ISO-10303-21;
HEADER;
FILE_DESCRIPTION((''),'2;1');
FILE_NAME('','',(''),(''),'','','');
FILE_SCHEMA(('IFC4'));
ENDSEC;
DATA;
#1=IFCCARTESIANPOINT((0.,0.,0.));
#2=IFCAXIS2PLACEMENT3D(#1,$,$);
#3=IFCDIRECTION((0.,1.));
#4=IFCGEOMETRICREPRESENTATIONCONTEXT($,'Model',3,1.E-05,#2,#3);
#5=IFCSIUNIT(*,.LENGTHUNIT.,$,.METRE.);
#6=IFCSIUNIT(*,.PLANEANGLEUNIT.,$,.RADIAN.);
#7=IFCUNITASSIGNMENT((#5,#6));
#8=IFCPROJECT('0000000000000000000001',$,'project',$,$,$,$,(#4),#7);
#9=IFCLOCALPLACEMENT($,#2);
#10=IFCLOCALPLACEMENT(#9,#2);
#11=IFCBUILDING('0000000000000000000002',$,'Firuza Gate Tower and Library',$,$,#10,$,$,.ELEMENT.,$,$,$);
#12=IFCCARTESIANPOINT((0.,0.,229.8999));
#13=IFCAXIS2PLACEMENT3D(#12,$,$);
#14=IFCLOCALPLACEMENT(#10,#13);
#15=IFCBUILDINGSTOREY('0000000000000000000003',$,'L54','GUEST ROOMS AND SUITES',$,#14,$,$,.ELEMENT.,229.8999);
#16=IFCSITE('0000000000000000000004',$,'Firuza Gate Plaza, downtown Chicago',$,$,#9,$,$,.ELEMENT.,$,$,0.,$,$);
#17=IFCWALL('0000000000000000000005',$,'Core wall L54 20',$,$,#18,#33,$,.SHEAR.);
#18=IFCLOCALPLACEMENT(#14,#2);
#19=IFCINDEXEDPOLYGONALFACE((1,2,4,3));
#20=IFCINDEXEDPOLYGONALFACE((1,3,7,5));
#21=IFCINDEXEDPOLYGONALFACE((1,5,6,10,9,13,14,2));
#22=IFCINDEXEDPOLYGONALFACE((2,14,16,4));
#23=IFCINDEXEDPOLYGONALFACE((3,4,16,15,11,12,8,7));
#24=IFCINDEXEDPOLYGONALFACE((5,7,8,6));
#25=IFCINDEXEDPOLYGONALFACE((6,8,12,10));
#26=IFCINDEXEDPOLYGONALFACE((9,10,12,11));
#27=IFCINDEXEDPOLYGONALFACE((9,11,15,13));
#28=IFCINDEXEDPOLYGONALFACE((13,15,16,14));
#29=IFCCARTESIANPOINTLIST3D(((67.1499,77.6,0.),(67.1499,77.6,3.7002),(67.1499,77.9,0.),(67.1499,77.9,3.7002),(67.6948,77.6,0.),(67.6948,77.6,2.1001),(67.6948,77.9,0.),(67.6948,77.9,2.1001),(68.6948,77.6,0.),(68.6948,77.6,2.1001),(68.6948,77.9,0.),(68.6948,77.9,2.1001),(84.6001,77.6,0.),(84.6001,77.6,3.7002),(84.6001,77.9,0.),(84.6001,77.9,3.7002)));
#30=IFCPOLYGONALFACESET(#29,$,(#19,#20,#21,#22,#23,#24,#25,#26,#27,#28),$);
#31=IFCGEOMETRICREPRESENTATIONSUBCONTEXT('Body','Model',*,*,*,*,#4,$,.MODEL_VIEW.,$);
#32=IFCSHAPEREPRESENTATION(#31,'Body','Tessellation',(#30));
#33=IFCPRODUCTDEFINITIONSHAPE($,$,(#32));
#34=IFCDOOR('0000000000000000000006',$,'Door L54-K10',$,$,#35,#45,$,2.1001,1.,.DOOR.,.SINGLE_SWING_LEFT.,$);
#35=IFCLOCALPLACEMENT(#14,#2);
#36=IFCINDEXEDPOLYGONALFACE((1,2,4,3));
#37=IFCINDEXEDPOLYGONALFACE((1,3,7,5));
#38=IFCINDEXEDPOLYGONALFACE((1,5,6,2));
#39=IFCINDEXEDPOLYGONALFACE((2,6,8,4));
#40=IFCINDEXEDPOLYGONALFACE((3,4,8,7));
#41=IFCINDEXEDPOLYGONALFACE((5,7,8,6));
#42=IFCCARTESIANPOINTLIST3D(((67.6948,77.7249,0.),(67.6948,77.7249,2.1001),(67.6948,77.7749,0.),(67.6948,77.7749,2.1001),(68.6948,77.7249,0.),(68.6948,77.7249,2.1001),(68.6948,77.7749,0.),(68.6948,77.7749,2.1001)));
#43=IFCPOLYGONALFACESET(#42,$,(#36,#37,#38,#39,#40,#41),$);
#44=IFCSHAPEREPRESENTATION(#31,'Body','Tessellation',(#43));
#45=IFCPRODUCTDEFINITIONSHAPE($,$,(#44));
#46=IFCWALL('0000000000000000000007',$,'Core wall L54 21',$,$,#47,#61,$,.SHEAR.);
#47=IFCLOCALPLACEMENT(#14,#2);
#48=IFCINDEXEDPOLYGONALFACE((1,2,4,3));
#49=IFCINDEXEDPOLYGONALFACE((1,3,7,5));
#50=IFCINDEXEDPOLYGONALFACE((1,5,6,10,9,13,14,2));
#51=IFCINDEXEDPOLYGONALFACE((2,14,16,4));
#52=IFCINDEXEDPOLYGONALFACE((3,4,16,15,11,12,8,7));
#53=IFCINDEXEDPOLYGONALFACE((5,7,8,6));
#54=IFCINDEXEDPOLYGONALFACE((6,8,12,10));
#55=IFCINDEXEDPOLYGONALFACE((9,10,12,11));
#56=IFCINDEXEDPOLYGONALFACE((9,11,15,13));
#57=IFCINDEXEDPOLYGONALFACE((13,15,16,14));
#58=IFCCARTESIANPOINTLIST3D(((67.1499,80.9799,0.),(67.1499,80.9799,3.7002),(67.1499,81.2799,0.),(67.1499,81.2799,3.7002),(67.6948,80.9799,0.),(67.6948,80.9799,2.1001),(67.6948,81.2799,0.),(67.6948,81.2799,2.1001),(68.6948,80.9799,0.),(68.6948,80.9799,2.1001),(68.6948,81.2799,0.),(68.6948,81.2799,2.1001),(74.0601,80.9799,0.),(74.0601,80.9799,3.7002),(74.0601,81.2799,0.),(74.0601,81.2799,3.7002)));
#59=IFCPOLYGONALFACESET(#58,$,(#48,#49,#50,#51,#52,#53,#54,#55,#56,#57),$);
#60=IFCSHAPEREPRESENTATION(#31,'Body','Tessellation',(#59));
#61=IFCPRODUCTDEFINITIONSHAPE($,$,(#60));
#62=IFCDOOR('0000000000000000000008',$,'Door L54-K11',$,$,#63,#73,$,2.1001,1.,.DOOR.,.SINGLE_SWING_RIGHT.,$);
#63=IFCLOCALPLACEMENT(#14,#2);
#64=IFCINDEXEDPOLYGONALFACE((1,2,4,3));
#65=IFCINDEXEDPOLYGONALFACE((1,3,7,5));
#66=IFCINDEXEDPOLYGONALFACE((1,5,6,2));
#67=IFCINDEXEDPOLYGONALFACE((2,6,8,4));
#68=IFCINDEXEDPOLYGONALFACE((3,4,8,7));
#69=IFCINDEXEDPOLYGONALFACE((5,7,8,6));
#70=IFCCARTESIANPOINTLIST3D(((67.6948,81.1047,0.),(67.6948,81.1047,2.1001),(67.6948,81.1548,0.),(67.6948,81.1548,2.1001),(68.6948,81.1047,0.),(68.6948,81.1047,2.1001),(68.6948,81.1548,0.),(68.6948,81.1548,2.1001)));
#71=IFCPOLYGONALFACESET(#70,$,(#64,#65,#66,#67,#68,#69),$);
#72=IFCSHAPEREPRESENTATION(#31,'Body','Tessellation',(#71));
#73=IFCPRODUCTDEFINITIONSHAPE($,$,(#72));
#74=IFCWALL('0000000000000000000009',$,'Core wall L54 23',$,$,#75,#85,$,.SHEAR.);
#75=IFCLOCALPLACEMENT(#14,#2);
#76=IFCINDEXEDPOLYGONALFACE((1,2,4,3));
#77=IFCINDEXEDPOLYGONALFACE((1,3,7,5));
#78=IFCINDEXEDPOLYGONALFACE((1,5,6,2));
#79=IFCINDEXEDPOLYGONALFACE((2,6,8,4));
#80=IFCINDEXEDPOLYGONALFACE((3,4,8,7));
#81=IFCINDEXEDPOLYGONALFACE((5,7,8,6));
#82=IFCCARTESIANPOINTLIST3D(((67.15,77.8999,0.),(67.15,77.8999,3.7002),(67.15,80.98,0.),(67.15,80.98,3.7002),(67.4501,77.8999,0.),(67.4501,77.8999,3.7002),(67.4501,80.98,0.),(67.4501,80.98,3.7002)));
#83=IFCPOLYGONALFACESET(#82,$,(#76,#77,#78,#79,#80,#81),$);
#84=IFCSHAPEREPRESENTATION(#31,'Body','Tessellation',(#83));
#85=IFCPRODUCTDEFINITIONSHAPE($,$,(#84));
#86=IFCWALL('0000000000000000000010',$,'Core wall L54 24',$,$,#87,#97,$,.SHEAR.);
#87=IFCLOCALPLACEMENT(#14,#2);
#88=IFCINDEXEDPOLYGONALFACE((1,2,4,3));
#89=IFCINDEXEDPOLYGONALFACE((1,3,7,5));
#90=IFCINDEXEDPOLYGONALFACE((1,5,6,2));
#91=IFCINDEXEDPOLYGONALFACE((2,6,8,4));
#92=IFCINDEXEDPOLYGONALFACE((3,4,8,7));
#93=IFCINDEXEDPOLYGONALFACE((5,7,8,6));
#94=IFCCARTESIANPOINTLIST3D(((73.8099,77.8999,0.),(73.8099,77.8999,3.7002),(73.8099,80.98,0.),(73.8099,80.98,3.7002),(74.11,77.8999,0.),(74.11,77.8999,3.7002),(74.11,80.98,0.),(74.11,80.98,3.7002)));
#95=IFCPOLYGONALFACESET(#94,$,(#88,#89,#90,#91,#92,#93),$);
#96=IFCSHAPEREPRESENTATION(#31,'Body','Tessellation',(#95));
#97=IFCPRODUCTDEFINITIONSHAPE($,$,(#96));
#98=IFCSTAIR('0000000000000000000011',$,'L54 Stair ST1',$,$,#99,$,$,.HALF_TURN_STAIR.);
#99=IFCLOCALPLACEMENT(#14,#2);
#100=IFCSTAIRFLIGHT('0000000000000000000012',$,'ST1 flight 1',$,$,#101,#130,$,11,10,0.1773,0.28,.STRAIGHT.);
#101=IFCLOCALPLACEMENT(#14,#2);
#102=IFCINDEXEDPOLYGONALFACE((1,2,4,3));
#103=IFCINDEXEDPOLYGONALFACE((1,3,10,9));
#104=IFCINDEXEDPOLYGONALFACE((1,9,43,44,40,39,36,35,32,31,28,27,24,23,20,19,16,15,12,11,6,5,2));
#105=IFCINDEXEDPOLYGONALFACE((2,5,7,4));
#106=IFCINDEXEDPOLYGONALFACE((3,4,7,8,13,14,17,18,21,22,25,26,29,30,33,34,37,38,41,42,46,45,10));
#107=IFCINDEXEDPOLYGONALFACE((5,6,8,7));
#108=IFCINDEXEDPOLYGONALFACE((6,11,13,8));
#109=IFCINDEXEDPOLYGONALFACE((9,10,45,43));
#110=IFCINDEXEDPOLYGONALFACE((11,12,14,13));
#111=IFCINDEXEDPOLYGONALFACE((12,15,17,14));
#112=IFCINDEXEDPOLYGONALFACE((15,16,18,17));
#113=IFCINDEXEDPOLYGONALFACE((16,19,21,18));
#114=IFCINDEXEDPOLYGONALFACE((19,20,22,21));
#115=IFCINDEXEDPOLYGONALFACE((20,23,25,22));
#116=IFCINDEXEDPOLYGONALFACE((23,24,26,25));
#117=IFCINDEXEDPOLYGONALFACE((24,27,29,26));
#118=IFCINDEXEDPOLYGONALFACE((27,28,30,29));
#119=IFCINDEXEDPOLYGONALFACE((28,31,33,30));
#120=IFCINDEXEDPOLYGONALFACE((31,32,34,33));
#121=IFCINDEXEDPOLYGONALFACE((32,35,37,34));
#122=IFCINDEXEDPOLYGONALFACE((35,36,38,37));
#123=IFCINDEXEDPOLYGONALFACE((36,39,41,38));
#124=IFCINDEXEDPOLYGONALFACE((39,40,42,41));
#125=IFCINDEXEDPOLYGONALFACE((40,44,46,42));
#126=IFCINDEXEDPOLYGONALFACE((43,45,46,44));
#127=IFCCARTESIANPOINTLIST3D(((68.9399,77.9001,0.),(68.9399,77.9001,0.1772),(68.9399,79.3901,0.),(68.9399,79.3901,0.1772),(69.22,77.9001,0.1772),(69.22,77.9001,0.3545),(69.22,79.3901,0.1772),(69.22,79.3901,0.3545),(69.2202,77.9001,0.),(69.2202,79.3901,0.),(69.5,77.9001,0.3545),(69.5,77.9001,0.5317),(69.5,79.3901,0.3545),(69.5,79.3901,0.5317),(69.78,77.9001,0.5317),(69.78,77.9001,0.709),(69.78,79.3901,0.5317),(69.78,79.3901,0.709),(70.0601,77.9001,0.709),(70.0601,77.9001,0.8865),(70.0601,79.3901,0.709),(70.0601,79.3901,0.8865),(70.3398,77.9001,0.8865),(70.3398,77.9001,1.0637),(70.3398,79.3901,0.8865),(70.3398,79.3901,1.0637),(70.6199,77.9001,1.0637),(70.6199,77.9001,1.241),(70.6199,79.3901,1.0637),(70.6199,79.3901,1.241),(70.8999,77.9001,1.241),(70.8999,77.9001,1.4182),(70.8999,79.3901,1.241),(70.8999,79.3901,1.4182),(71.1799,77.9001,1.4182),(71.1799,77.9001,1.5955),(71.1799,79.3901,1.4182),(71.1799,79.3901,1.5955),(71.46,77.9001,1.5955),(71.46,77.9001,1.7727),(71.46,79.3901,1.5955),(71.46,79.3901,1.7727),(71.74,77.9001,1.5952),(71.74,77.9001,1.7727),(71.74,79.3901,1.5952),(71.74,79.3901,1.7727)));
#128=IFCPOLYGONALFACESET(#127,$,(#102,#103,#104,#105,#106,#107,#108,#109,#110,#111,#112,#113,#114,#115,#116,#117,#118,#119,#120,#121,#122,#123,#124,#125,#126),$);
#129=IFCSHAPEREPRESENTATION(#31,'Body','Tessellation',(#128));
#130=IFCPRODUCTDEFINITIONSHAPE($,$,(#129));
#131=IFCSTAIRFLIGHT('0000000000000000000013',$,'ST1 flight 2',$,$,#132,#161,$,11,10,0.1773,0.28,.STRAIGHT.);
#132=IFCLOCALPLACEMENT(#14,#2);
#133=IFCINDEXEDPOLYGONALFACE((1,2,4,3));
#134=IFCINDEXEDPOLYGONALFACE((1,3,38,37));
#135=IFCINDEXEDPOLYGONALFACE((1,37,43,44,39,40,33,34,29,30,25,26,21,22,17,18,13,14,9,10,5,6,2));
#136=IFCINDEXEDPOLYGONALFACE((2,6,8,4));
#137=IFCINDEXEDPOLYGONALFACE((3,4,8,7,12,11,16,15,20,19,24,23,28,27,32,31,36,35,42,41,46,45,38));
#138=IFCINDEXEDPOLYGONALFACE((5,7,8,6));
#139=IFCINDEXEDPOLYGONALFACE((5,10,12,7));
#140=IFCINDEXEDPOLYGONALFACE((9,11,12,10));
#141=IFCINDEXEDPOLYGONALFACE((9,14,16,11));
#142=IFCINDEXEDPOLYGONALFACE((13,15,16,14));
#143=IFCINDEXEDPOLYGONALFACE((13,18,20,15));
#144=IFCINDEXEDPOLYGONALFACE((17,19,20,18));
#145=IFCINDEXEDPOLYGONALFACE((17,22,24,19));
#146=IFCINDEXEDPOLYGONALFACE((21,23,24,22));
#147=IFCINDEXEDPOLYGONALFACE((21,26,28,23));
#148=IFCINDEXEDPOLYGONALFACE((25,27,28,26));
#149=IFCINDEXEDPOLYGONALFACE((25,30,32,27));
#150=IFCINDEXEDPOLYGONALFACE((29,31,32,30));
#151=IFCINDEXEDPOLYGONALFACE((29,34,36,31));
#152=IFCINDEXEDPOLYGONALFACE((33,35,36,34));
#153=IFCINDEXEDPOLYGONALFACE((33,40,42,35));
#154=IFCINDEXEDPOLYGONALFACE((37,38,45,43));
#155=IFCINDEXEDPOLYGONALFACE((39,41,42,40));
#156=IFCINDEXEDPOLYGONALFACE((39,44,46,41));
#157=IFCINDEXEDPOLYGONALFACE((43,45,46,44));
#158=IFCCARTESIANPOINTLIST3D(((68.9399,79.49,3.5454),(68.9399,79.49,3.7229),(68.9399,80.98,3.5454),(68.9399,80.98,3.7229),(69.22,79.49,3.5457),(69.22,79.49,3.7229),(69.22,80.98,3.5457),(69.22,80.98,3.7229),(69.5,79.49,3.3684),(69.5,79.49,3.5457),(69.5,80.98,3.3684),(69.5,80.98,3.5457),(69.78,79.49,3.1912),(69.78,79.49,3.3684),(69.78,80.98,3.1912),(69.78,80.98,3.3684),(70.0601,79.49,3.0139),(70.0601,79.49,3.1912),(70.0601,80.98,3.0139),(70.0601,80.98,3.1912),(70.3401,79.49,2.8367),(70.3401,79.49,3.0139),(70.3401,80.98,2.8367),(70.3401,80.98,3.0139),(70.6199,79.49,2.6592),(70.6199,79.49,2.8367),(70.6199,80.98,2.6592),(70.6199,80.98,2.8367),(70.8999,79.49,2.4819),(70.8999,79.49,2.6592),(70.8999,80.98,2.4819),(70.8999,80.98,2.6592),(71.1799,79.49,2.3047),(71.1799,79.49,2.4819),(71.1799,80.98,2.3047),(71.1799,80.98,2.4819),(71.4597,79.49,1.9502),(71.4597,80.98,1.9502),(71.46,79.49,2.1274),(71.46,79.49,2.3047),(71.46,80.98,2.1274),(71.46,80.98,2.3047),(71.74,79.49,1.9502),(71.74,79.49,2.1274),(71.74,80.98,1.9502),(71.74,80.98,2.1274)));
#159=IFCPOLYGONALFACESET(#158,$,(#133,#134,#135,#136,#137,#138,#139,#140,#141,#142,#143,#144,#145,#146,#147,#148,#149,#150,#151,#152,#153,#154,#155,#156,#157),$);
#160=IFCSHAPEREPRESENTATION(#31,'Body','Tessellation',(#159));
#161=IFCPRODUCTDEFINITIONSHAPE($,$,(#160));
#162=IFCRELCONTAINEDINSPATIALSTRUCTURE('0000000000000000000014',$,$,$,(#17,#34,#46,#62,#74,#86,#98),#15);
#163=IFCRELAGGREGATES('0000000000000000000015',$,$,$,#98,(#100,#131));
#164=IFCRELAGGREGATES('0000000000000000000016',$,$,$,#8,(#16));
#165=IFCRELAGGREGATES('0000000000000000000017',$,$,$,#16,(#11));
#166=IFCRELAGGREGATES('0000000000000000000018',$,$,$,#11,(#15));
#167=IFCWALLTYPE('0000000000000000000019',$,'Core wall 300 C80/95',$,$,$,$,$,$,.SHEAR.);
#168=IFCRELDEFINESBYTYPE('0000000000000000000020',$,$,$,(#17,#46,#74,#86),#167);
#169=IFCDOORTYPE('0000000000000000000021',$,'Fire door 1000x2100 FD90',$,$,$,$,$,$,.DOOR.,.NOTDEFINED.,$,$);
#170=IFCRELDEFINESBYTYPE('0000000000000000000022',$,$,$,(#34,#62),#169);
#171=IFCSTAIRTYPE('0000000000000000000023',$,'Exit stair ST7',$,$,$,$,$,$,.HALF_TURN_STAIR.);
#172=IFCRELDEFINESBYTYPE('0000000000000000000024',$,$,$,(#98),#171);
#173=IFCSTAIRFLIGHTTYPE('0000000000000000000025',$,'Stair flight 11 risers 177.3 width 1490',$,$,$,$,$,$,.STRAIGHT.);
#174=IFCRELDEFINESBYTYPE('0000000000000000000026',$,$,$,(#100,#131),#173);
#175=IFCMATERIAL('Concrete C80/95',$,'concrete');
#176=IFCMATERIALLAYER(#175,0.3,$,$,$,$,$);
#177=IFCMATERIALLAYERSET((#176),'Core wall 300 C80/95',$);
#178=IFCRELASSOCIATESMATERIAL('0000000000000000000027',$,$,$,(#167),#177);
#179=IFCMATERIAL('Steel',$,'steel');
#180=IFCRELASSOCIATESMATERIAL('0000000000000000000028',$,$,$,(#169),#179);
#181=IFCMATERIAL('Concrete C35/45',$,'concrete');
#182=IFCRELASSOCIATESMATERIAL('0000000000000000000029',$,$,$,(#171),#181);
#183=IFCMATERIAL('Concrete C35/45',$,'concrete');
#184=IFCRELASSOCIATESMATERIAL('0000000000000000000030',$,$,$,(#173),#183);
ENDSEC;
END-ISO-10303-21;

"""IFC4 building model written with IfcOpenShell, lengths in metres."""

from ifc_helpers import new_model, si_unit, direction, frame, frame_2d, origin, place, context, subcontext, project, spatial, polyline, rectangle, outline, extrude, material, layer, layer_set, type_object, element, fill, aggregate, save


model = new_model("IFC4")

# Units and contexts
model_context = context("Model", 3, precision=1e-05, world=origin(), true_north=direction((0.0, 1.0)))
body_context = subcontext(model_context, "Body", "Model", "MODEL_VIEW")
ifc_project = project(units=[si_unit("LENGTHUNIT", "METRE"), si_unit("PLANEANGLEUNIT", "RADIAN")], contexts=[model_context])

# Site, building, storey
site_placement = place(None, origin())
site = spatial("IfcSite", under=ifc_project, at=site_placement, Name="Firuza Gate Plaza, downtown Chicago", CompositionType="ELEMENT", RefElevation=0.0)
building_placement = place(site_placement, origin())
building = spatial("IfcBuilding", under=site, at=building_placement, Name="Firuza Gate Tower and Library", CompositionType="ELEMENT")
storey_placement = place(building_placement, frame((0.0, 0.0, 229.8999)))
storey = spatial("IfcBuildingStorey", under=building, at=storey_placement, Name="L54", Description="GUEST ROOMS AND SUITES", CompositionType="ELEMENT", Elevation=229.8999)

# Shared definitions
ifc_material_1 = material(Name="Concrete C80/95", Category="concrete")
ifc_layer_1 = layer(ifc_material_1, 0.3)
ifc_layer_set_1 = layer_set([ifc_layer_1], Name="Core wall 300 C80/95")
wall_type_1 = type_object("IfcWallType", Name="Core wall 300 C80/95", PredefinedType="SHEAR", material=ifc_layer_set_1)

# Walls, openings, doors
wall_1_placement = place(storey_placement, frame((67.1499, 77.75, 0.0), z_axis=(0.0, 0.0, 1.0), x_axis=(1.0, 0.0, 0.0)))
wall_1 = element("IfcWall", 1, at=wall_1_placement, inside=storey, type_object=wall_type_1, Name="Core wall L54 20", PredefinedType="SHEAR", context=body_context, shape_type="SweptSolid", body=[
    extrude(rectangle(XDim=17.4502, YDim=0.3, at=frame_2d((8.7251, 0.0))), origin(), (0.0, 0.0, 1.0), 3.7002),
])
opening_1_placement = place(wall_1_placement, frame((0.5449, 0.0, 0.0)))
opening_1 = element("IfcOpeningElement", 2, at=opening_1_placement, cuts=wall_1, PredefinedType="OPENING", context=body_context, shape_type="SweptSolid", body=[
    extrude(rectangle(XDim=1.0, YDim=2.1001, at=frame_2d((0.5, 1.05))), frame((0.0, 0.1602, 0.0), z_axis=(0.0, -1.0, 0.0), x_axis=(1.0, 0.0, 0.0)), (0.0, 0.0, 1.0), 0.3201),
])
ifc_material_2 = material(Name="Steel", Category="steel")
door_type_1 = type_object("IfcDoorType", Name="Fire door 1000x2100 FD90", OperationType="NOTDEFINED", PredefinedType="DOOR", material=ifc_material_2)
door_1_placement = place(opening_1_placement, origin())
door_1 = element("IfcDoor", 3, at=door_1_placement, inside=storey, type_object=door_type_1, Name="Door L54-K10", OperationType="SINGLE_SWING_LEFT", OverallHeight=2.1001, OverallWidth=1.0, PredefinedType="DOOR", context=body_context, shape_type="SweptSolid", body=[
    extrude(rectangle(XDim=1.0, YDim=2.1001, at=frame_2d((0.5, 1.05))), frame((0.0, 0.0249, 0.0), z_axis=(0.0, -1.0, 0.0), x_axis=(1.0, 0.0, 0.0)), (0.0, 0.0, 1.0), 0.05),
])
fill(opening_1, door_1)
wall_2_placement = place(storey_placement, frame((67.1499, 81.1299, 0.0), z_axis=(0.0, 0.0, 1.0), x_axis=(1.0, 0.0, 0.0)))
wall_2 = element("IfcWall", 4, at=wall_2_placement, inside=storey, type_object=wall_type_1, Name="Core wall L54 21", PredefinedType="SHEAR", context=body_context, shape_type="SweptSolid", body=[
    extrude(rectangle(XDim=6.9102, YDim=0.3, at=frame_2d((3.4551, 0.0))), origin(), (0.0, 0.0, 1.0), 3.7002),
])
opening_2_placement = place(wall_2_placement, frame((0.5449, 0.0, 0.0)))
opening_2 = element("IfcOpeningElement", 5, at=opening_2_placement, cuts=wall_2, PredefinedType="OPENING", context=body_context, shape_type="SweptSolid", body=[
    extrude(rectangle(XDim=1.0, YDim=2.1001, at=frame_2d((0.5, 1.05))), frame((0.0, 0.1602, 0.0), z_axis=(0.0, -1.0, 0.0), x_axis=(1.0, 0.0, 0.0)), (0.0, 0.0, 1.0), 0.3201),
])
door_2_placement = place(opening_2_placement, origin())
door_2 = element("IfcDoor", 6, at=door_2_placement, inside=storey, type_object=door_type_1, Name="Door L54-K11", OperationType="SINGLE_SWING_RIGHT", OverallHeight=2.1001, OverallWidth=1.0, PredefinedType="DOOR", context=body_context, shape_type="SweptSolid", body=[
    extrude(rectangle(XDim=1.0, YDim=2.1001, at=frame_2d((0.5, 1.05))), frame((0.0, 0.0249, 0.0), z_axis=(0.0, -1.0, 0.0), x_axis=(1.0, 0.0, 0.0)), (0.0, 0.0, 1.0), 0.05),
])
fill(opening_2, door_2)

# Walls
for number, where, z_axis, x_axis, name in (
    (7, (67.3, 77.8999, 0.0), (0.0, 0.0, 1.0), (0.0, 1.0, 0.0), "Core wall L54 23"),
    (8, (73.96, 77.8999, 0.0), (0.0, 0.0, 1.0), (0.0, 1.0, 0.0), "Core wall L54 24"),
):
    element("IfcWall", number, at=place(storey_placement, frame(where, z_axis=z_axis, x_axis=x_axis)), inside=storey, type_object=wall_type_1, Name=name, PredefinedType="SHEAR", context=body_context, shape_type="SweptSolid", body=[
        extrude(rectangle(XDim=3.0801, YDim=0.3, at=frame_2d((1.54, 0.0))), origin(), (0.0, 0.0, 1.0), 3.7002),
    ])

# Stair, stair flights
ifc_material_3 = material(Name="Concrete C35/45", Category="concrete")
stair_type = type_object("IfcStairType", Name="Exit stair ST7", PredefinedType="HALF_TURN_STAIR", material=ifc_material_3)
stair_placement = place(storey_placement, origin())
stair = element("IfcStair", 9, at=stair_placement, inside=storey, type_object=stair_type, Name="L54 Stair ST1", PredefinedType="HALF_TURN_STAIR")
ifc_material_4 = material(Name="Concrete C35/45", Category="concrete")
stair_flight_type = type_object("IfcStairFlightType", Name="Stair flight 11 risers 177.3 width 1490", PredefinedType="STRAIGHT", material=ifc_material_4)
stair_flight_1_placement = place(storey_placement, frame((68.9399, 78.645, 0.0), z_axis=(0.0, 0.0, 1.0), x_axis=(1.0, 0.0, 0.0)))
stair_flight_1 = element("IfcStairFlight", 10, at=stair_flight_1_placement, type_object=stair_flight_type, Name="ST1 flight 1", NumberOfRisers=11, NumberOfTreads=10, PredefinedType="STRAIGHT", RiserHeight=0.1773, TreadLength=0.28, context=body_context, shape_type="SweptSolid", body=[
    extrude(outline(polyline([(0.0, 0.0), (0.0, 0.1772), (0.28, 0.1772), (0.28, 0.3545), (0.5601, 0.3545), (0.5601, 0.5317), (0.8401, 0.5317), (0.8401, 0.709), (1.1201, 0.709), (1.1201, 0.8865), (1.3999, 0.8865), (1.3999, 1.0637), (1.6799, 1.0637), (1.6799, 1.241), (1.96, 1.241), (1.96, 1.4182), (2.24, 1.4182), (2.24, 1.5955), (2.52, 1.5955), (2.52, 1.7727), (2.8, 1.7727), (2.8, 1.95), (2.8, 1.5952), (0.2803, 0.0), (0.0, 0.0)])), frame((0.0, 0.7451, 0.0), z_axis=(0.0, -1.0, 0.0), x_axis=(1.0, 0.0, 0.0)), (0.0, 0.0, 1.0), 1.49),
])
stair_flight_2_placement = place(storey_placement, frame((71.74, 80.2351, 1.9502), z_axis=(0.0, 0.0, 1.0), x_axis=(-1.0, 0.0, 0.0)))
stair_flight_2 = element("IfcStairFlight", 11, at=stair_flight_2_placement, type_object=stair_flight_type, Name="ST1 flight 2", NumberOfRisers=11, NumberOfTreads=10, PredefinedType="STRAIGHT", RiserHeight=0.1773, TreadLength=0.28, context=body_context, shape_type="SweptSolid", body=[
    extrude(outline(polyline([(0.0, 0.0), (0.0, 0.1772), (0.28, 0.1772), (0.28, 0.3545), (0.5601, 0.3545), (0.5601, 0.5317), (0.8401, 0.5317), (0.8401, 0.709), (1.1201, 0.709), (1.1201, 0.8865), (1.3999, 0.8865), (1.3999, 1.0637), (1.6799, 1.0637), (1.6799, 1.241), (1.96, 1.241), (1.96, 1.4182), (2.24, 1.4182), (2.24, 1.5955), (2.52, 1.5955), (2.52, 1.7727), (2.8, 1.7727), (2.8, 1.95), (2.8, 1.5952), (0.2803, 0.0), (0.0, 0.0)])), frame((0.0, 0.7451, 0.0), z_axis=(0.0, -1.0, 0.0), x_axis=(1.0, 0.0, 0.0)), (0.0, 0.0, 1.0), 1.49),
])
aggregate(stair, [stair_flight_1, stair_flight_2])

save(model, "model.ifc")
